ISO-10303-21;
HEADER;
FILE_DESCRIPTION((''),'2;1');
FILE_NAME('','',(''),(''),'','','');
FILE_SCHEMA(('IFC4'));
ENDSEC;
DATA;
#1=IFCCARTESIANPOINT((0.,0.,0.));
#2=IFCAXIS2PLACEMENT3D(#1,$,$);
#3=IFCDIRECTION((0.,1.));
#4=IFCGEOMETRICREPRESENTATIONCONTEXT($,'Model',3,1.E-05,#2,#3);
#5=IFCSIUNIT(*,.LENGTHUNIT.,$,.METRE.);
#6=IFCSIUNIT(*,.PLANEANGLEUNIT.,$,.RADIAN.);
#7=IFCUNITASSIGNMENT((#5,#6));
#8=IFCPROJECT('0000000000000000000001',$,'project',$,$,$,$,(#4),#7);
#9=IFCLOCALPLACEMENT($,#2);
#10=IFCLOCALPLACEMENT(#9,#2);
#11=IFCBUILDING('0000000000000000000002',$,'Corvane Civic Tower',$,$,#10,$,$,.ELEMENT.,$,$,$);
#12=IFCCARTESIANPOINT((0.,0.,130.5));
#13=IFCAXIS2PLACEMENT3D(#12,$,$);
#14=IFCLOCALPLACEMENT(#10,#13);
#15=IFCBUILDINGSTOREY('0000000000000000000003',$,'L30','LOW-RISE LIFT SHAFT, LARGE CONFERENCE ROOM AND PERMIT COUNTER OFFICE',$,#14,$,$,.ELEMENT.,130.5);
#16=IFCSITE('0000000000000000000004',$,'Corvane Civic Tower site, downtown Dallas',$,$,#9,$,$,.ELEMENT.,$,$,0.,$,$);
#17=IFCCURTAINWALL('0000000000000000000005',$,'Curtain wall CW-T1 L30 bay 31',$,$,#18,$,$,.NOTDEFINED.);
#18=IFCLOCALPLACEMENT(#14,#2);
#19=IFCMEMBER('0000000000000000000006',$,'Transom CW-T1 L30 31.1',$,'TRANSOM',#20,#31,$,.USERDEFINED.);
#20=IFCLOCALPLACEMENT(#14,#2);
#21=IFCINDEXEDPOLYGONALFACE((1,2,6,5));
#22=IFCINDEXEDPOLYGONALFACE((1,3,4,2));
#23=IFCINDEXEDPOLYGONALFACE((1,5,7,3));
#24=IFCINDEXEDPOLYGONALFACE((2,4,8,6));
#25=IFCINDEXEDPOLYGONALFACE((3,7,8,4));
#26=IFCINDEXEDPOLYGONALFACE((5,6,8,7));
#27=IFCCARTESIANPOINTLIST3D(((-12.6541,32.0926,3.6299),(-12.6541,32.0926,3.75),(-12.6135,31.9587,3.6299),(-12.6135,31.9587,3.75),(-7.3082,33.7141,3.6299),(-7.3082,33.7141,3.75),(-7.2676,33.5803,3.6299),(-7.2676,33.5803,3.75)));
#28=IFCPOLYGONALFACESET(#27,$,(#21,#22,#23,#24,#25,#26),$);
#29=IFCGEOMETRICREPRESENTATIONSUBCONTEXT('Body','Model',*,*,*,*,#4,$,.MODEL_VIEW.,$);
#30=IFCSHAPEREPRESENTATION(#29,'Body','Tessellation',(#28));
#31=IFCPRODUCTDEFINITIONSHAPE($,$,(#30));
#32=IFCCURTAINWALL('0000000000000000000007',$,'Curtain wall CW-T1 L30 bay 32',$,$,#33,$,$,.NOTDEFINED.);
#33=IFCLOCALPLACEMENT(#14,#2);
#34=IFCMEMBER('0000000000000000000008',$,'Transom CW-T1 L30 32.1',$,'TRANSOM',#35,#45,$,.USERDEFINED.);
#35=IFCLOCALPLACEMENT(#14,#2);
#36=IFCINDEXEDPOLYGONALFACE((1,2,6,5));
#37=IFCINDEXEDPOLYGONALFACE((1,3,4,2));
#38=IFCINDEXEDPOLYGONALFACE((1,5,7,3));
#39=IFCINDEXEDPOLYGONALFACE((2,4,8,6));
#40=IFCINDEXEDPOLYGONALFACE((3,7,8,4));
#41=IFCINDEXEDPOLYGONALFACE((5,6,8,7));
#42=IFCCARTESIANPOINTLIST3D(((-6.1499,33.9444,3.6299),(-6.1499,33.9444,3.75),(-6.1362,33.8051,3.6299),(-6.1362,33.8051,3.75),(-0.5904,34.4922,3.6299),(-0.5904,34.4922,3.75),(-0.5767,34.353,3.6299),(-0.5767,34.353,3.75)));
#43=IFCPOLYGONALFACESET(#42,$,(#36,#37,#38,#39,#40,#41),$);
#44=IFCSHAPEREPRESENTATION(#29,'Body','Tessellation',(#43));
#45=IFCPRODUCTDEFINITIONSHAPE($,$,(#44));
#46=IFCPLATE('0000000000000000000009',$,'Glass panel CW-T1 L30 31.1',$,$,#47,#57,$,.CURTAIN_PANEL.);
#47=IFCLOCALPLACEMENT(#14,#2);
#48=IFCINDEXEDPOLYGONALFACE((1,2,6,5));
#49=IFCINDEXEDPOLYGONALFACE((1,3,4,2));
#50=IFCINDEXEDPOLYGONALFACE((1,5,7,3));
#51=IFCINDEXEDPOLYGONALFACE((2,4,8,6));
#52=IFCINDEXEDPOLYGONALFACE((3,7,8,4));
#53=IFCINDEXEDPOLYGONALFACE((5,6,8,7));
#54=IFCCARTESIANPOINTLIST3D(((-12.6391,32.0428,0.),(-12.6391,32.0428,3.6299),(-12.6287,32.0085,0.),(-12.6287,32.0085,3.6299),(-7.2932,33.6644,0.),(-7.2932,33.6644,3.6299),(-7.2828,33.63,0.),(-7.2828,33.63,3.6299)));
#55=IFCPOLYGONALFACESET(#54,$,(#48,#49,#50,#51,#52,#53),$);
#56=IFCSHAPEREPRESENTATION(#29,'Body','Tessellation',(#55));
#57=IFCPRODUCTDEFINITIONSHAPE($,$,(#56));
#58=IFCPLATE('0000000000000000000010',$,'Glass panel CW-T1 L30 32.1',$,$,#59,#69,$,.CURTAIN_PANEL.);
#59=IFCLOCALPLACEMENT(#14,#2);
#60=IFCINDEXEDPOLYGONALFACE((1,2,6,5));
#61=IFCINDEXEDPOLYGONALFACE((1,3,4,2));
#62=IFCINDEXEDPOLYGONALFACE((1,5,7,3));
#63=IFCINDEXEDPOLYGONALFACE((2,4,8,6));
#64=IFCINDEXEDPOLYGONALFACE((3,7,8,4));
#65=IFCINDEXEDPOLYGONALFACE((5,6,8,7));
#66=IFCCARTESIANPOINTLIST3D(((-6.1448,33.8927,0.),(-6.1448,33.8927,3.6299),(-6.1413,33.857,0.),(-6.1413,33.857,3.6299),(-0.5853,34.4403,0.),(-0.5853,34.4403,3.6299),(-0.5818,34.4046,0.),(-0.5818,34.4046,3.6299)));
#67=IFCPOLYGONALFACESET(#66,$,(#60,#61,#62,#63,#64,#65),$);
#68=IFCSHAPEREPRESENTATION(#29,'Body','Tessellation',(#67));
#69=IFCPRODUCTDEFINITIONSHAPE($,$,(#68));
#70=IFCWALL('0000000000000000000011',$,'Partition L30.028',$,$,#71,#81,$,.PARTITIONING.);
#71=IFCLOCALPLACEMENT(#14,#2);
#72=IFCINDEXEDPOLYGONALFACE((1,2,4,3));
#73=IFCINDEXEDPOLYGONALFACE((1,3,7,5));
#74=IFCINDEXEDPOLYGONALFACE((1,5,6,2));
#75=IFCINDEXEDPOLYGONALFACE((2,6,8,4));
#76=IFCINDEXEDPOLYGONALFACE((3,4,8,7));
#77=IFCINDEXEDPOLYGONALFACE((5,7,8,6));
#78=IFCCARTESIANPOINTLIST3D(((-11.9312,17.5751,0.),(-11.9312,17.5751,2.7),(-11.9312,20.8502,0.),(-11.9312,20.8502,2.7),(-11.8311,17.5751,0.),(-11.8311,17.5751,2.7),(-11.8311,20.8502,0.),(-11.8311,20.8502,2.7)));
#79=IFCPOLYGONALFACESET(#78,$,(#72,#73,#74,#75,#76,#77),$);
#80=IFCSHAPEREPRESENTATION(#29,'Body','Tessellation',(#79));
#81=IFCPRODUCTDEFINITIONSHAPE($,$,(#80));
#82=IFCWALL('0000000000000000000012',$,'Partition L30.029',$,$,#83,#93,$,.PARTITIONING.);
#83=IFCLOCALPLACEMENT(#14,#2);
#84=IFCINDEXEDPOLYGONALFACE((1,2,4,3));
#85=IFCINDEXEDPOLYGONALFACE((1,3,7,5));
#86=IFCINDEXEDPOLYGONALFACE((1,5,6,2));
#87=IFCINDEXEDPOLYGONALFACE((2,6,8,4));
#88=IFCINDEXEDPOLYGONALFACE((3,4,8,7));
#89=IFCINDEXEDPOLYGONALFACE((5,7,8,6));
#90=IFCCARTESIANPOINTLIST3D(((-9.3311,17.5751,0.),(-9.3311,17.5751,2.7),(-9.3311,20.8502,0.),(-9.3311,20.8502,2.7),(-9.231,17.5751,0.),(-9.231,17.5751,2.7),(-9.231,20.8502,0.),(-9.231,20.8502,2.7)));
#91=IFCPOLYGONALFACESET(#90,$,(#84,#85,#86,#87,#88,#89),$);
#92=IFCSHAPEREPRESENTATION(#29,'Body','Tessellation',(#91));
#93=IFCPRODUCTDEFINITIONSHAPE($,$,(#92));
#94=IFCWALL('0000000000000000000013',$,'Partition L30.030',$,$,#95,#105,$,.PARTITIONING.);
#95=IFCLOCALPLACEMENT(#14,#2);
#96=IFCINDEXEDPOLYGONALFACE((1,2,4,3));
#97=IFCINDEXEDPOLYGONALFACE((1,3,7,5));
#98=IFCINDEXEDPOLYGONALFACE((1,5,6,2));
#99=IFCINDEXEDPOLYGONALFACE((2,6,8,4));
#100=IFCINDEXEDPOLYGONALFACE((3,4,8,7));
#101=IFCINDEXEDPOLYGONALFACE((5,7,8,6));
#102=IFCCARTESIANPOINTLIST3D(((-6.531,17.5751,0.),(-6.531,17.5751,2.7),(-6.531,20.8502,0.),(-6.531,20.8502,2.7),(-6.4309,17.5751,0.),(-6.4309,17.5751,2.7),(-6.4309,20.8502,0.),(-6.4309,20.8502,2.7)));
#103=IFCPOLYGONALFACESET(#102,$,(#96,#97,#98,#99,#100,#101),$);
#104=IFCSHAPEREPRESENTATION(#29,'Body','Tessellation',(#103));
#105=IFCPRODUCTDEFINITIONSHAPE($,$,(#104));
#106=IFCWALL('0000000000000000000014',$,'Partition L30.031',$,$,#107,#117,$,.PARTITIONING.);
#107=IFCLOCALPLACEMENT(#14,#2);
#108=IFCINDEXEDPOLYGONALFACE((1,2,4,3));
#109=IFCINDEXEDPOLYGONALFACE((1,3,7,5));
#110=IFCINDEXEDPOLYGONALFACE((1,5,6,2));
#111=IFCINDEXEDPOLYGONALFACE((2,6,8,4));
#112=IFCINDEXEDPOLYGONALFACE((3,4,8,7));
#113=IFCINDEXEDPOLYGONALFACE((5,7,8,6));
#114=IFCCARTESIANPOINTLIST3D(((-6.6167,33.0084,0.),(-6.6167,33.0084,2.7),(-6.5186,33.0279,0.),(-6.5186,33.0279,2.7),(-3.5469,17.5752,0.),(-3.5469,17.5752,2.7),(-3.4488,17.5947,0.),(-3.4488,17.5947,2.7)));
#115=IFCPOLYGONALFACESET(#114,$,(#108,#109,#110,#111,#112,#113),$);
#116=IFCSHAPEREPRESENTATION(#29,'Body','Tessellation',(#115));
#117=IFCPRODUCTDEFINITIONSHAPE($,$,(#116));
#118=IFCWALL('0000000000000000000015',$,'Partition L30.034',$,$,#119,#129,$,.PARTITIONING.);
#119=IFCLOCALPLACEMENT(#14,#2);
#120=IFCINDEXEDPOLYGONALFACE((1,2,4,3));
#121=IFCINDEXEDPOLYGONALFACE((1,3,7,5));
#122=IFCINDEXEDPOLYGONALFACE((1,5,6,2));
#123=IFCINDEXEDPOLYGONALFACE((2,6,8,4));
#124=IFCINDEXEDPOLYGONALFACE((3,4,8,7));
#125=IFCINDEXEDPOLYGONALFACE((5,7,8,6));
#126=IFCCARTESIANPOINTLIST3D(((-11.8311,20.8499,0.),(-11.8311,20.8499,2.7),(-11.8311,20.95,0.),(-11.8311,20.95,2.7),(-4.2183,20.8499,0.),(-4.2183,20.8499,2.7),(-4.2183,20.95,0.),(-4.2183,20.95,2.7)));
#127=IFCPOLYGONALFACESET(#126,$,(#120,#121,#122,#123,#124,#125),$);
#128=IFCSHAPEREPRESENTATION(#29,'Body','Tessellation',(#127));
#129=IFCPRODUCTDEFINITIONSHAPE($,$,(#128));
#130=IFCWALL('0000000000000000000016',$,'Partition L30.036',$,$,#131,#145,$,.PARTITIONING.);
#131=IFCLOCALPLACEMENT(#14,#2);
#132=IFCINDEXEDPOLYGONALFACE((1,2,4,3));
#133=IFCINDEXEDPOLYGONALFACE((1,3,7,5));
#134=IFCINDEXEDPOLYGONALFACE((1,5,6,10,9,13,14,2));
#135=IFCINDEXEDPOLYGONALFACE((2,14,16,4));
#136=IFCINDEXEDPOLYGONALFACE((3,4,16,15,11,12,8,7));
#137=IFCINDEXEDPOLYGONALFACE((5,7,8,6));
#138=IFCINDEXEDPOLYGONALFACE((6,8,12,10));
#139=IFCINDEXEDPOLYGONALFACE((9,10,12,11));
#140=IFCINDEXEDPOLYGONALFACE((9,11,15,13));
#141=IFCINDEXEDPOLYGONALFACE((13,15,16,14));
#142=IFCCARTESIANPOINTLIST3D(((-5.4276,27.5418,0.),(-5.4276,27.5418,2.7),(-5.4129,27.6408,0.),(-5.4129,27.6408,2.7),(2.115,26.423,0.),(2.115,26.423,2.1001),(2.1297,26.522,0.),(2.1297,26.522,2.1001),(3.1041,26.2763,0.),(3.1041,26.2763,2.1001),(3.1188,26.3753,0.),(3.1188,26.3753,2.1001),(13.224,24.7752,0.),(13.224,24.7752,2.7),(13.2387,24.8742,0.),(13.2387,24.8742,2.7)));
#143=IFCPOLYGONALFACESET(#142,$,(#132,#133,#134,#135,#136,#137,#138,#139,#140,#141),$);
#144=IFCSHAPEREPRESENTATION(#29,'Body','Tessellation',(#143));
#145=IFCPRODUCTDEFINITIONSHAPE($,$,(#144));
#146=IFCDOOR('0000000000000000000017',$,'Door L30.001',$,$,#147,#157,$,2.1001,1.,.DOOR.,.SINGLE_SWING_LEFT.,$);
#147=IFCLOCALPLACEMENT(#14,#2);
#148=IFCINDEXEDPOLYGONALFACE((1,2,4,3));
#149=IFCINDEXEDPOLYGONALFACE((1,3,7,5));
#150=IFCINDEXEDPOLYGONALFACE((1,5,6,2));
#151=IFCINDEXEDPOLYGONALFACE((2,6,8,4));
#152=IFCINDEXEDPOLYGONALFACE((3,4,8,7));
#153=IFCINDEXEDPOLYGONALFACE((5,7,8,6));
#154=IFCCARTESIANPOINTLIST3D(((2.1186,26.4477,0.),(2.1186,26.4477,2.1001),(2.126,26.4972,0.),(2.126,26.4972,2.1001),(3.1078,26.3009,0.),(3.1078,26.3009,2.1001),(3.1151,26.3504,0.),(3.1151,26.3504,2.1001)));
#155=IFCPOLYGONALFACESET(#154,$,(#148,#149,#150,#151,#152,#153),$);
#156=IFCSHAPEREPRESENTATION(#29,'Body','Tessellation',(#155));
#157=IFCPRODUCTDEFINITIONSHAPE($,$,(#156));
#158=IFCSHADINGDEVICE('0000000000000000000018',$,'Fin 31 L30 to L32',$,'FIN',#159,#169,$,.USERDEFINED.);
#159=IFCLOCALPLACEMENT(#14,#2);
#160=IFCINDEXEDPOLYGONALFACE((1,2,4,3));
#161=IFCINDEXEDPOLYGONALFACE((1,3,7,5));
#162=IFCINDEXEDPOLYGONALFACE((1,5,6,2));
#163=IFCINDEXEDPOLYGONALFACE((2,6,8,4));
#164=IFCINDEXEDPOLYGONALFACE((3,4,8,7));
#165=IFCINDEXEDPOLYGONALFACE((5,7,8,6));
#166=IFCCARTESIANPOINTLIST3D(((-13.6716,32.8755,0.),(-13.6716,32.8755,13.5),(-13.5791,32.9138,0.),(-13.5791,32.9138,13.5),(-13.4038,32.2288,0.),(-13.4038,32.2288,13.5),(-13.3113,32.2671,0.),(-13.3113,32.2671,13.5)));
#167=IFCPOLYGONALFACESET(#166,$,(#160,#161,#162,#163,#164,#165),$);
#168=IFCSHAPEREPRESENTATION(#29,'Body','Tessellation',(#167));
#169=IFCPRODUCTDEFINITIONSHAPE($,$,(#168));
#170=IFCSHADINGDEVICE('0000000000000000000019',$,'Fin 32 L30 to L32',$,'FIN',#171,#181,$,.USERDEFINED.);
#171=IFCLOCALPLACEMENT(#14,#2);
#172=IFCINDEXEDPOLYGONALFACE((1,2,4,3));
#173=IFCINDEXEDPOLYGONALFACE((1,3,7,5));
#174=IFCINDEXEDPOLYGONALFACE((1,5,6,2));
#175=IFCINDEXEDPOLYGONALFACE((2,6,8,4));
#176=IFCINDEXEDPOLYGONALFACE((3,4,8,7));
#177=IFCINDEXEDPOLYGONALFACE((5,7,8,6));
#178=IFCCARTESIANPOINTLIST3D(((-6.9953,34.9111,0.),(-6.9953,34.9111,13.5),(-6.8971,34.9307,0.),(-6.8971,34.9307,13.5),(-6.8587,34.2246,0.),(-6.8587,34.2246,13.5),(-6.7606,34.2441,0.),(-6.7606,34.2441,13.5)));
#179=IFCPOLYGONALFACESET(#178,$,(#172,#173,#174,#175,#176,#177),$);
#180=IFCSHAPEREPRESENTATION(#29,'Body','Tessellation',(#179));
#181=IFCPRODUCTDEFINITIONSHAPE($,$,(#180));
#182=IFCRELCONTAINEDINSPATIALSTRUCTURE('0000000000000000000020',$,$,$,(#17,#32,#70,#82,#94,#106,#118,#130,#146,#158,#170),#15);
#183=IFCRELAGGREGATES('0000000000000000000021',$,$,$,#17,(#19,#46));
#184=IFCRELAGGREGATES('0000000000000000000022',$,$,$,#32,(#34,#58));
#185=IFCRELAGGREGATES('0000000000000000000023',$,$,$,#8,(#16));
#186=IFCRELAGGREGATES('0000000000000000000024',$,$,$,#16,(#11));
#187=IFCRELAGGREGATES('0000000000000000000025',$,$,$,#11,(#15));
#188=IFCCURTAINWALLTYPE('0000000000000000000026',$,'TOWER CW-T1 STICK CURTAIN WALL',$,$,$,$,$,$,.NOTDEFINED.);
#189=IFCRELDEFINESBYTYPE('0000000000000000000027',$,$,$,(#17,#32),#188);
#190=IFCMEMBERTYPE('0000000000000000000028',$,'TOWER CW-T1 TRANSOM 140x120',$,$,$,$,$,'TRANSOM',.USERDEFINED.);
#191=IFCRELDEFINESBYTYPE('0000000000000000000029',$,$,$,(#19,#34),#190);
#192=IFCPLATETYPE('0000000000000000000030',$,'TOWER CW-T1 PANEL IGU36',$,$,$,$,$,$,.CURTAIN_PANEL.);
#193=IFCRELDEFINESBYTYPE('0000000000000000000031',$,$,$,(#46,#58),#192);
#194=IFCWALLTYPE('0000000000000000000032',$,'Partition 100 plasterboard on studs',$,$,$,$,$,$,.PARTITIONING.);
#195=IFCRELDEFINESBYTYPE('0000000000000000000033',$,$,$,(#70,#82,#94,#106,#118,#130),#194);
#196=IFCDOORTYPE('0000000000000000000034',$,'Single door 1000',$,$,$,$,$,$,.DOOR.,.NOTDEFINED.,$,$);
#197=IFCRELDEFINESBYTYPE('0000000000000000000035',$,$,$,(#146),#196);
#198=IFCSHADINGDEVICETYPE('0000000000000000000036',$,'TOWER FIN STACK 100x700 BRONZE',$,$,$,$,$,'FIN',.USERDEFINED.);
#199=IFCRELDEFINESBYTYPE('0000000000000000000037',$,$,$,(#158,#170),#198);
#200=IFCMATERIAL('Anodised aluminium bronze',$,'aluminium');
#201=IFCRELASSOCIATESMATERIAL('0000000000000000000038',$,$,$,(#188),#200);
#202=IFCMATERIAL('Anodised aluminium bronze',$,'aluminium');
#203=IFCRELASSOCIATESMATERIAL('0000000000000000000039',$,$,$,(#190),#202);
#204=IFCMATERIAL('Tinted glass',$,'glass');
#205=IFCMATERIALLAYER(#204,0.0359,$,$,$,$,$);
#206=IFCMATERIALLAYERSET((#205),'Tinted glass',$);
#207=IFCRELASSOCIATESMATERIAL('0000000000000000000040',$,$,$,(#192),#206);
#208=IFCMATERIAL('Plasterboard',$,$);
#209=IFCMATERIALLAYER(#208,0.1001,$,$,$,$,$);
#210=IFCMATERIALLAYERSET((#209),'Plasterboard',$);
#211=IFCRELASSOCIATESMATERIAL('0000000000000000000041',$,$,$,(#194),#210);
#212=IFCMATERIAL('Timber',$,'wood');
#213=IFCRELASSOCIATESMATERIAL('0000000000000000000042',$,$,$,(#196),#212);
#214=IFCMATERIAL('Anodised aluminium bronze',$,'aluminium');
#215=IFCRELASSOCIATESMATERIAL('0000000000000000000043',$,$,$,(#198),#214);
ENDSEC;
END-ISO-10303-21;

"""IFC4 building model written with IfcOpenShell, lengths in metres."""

from ifc_helpers import new_model, si_unit, direction, frame, frame_2d, origin, origin_2d, place, context, subcontext, project, spatial, rectangle, extrude, material, layer, layer_set, material_profile, profile_set, type_object, element, fill, aggregate, save


model = new_model("IFC4")

# Units and contexts
model_context = context("Model", 3, precision=1e-05, world=origin(), true_north=direction((0.0, 1.0)))
body_context = subcontext(model_context, "Body", "Model", "MODEL_VIEW")
ifc_project = project(units=[si_unit("LENGTHUNIT", "METRE"), si_unit("PLANEANGLEUNIT", "RADIAN")], contexts=[model_context])

# Site, building, storey
site_placement = place(None, origin())
site = spatial("IfcSite", under=ifc_project, at=site_placement, Name="Corvane Civic Tower site, downtown Dallas", CompositionType="ELEMENT", RefElevation=0.0)
building_placement = place(site_placement, origin())
building = spatial("IfcBuilding", under=site, at=building_placement, Name="Corvane Civic Tower", CompositionType="ELEMENT")
storey_placement = place(building_placement, frame((0.0, 0.0, 130.5)))
storey = spatial("IfcBuildingStorey", under=building, at=storey_placement, Name="L30", Description="LOW-RISE LIFT SHAFT, LARGE CONFERENCE ROOM AND PERMIT COUNTER OFFICE", CompositionType="ELEMENT", Elevation=130.5)

# Curtain walls, members
ifc_material_1 = material(Name="Anodised aluminium bronze", Category="aluminium")
curtain_wall_type = type_object("IfcCurtainWallType", Name="TOWER CW-T1 STICK CURTAIN WALL", PredefinedType="NOTDEFINED", material=ifc_material_1)
curtain_wall_1_placement = place(storey_placement, origin())
curtain_wall_1 = element("IfcCurtainWall", 1, at=curtain_wall_1_placement, inside=storey, type_object=curtain_wall_type, Name="Curtain wall CW-T1 L30 bay 31", PredefinedType="NOTDEFINED")
ifc_material_2 = material(Name="Anodised aluminium bronze", Category="aluminium")
ifc_material_profile_1 = material_profile(ifc_material_2, rectangle(XDim=0.1399, YDim=0.1201, at=origin_2d()), Name="TOWER CW-T1 TRANSOM 140x120")
ifc_profile_set_1 = profile_set([ifc_material_profile_1], Name="Anodised aluminium bronze")
member_type = type_object("IfcMemberType", Name="TOWER CW-T1 TRANSOM 140x120", ElementType="TRANSOM", PredefinedType="USERDEFINED", material=ifc_profile_set_1)
member_1_placement = place(storey_placement, frame((-12.6338, 32.0256, 3.6899), z_axis=(0.956945, 0.290269, 0.0), x_axis=(-0.290269, 0.956945, 0.0)))
member_1 = element("IfcMember", 2, at=member_1_placement, type_object=member_type, Name="Transom CW-T1 L30 31.1", ObjectType="TRANSOM", PredefinedType="USERDEFINED", context=body_context, shape_type="SweptSolid", body=[
    extrude(rectangle(XDim=0.1399, YDim=0.1201, at=origin_2d()), origin(), (0.0, 0.0, 1.0), 5.5864),
])
curtain_wall_2_placement = place(storey_placement, origin())
curtain_wall_2 = element("IfcCurtainWall", 3, at=curtain_wall_2_placement, inside=storey, type_object=curtain_wall_type, Name="Curtain wall CW-T1 L30 bay 32", PredefinedType="NOTDEFINED")
member_2_placement = place(storey_placement, frame((-6.1431, 33.8748, 3.6899), z_axis=(0.99518, 0.098067, 0.0), x_axis=(-0.098067, 0.99518, 0.0)))
member_2 = element("IfcMember", 4, at=member_2_placement, type_object=member_type, Name="Transom CW-T1 L30 32.1", ObjectType="TRANSOM", PredefinedType="USERDEFINED", context=body_context, shape_type="SweptSolid", body=[
    extrude(rectangle(XDim=0.1399, YDim=0.1201, at=origin_2d()), origin(), (0.0, 0.0, 1.0), 5.5864),
])

# Plates
ifc_material_3 = material(Name="Tinted glass", Category="glass")
ifc_layer_1 = layer(ifc_material_3, 0.0359)
ifc_layer_set_1 = layer_set([ifc_layer_1], Name="Tinted glass")
plate_type = type_object("IfcPlateType", Name="TOWER CW-T1 PANEL IGU36", PredefinedType="CURTAIN_PANEL", material=ifc_layer_set_1)
plate_1_placement = place(storey_placement, frame((-9.9609, 32.8364, 0.0), z_axis=(0.0, 0.0, 1.0), x_axis=(0.956946, 0.290266, 0.0)))
plate_1 = element("IfcPlate", 5, at=plate_1_placement, type_object=plate_type, Name="Glass panel CW-T1 L30 31.1", PredefinedType="CURTAIN_PANEL", context=body_context, shape_type="SweptSolid", body=[
    extrude(rectangle(XDim=5.5864, YDim=0.0359, at=origin_2d()), origin(), (0.0, 0.0, 1.0), 3.6299),
])
aggregate(curtain_wall_1, [member_1, plate_1])
plate_2_placement = place(storey_placement, frame((-3.3633, 34.1487, 0.0), z_axis=(0.0, 0.0, 1.0), x_axis=(0.995184, 0.098027, 0.0)))
plate_2 = element("IfcPlate", 6, at=plate_2_placement, type_object=plate_type, Name="Glass panel CW-T1 L30 32.1", PredefinedType="CURTAIN_PANEL", context=body_context, shape_type="SweptSolid", body=[
    extrude(rectangle(XDim=5.5864, YDim=0.0359, at=origin_2d()), origin(), (0.0, 0.0, 1.0), 3.6299),
])
aggregate(curtain_wall_2, [member_2, plate_2])

# Walls
ifc_material_4 = material(Name="Plasterboard")
ifc_layer_2 = layer(ifc_material_4, 0.1001)
ifc_layer_set_2 = layer_set([ifc_layer_2], Name="Plasterboard")
wall_type = type_object("IfcWallType", Name="Partition 100 plasterboard on studs", PredefinedType="PARTITIONING", material=ifc_layer_set_2)
for number, where, z_axis, x_axis, name in (
    (7, (-11.8811, 17.575, 0.0), (0.0, 0.0, 1.0), (0.0, 1.0, 0.0), "Partition L30.028"),
    (8, (-9.281, 17.575, 0.0), (0.0, 0.0, 1.0), (0.0, 1.0, 0.0), "Partition L30.029"),
    (9, (-6.481, 17.575, 0.0), (0.0, 0.0, 1.0), (0.0, 1.0, 0.0), "Partition L30.030"),
):
    element("IfcWall", number, at=place(storey_placement, frame(where, z_axis=z_axis, x_axis=x_axis)), inside=storey, type_object=wall_type, Name=name, PredefinedType="PARTITIONING", context=body_context, shape_type="SweptSolid", body=[
        extrude(rectangle(XDim=3.2751, YDim=0.1001, at=frame_2d((1.6377, 0.0))), origin(), (0.0, 0.0, 1.0), 2.7),
    ])
wall_1_placement = place(storey_placement, frame((-6.5676, 33.0181, 0.0), z_axis=(0.0, 0.0, 1.0), x_axis=(0.195087, -0.980786, 0.0)))
element("IfcWall", 10, at=wall_1_placement, inside=storey, type_object=wall_type, Name="Partition L30.031", PredefinedType="PARTITIONING", context=body_context, shape_type="SweptSolid", body=[
    extrude(rectangle(XDim=15.7356, YDim=0.1001, at=frame_2d((7.8677, 0.0))), origin(), (0.0, 0.0, 1.0), 2.7),
])
wall_2_placement = place(storey_placement, frame((-11.8311, 20.8999, 0.0), z_axis=(0.0, 0.0, 1.0), x_axis=(1.0, 0.0, 0.0)))
element("IfcWall", 11, at=wall_2_placement, inside=storey, type_object=wall_type, Name="Partition L30.034", PredefinedType="PARTITIONING", context=body_context, shape_type="SweptSolid", body=[
    extrude(rectangle(XDim=7.6128, YDim=0.1001, at=frame_2d((3.8064, 0.0))), origin(), (0.0, 0.0, 1.0), 2.7),
])

# Wall, opening, door
wall_3_placement = place(storey_placement, frame((-5.4202, 27.5913, 0.0), z_axis=(0.0, 0.0, 1.0), x_axis=(0.989177, -0.146725, 0.0)))
wall_3 = element("IfcWall", 12, at=wall_3_placement, inside=storey, type_object=wall_type, Name="Partition L30.036", PredefinedType="PARTITIONING", context=body_context, shape_type="SweptSolid", body=[
    extrude(rectangle(XDim=18.8557, YDim=0.1001, at=frame_2d((9.4277, 0.0))), origin(), (0.0, 0.0, 1.0), 2.7),
])
opening_placement = place(wall_3_placement, frame((7.625, 0.0, 0.0)))
opening = element("IfcOpeningElement", 13, at=opening_placement, cuts=wall_3, PredefinedType="OPENING", context=body_context, shape_type="SweptSolid", body=[
    extrude(rectangle(XDim=1.0, YDim=2.1001, at=frame_2d((0.5, 1.05))), frame((0.0, 0.0601, 0.0), z_axis=(0.0, -1.0, 0.0), x_axis=(1.0, 0.0, 0.0)), (0.0, 0.0, 1.0), 0.1201),
])
ifc_material_5 = material(Name="Timber", Category="wood")
door_type = type_object("IfcDoorType", Name="Single door 1000", OperationType="NOTDEFINED", PredefinedType="DOOR", material=ifc_material_5)
door_placement = place(opening_placement, origin())
door = element("IfcDoor", 14, at=door_placement, inside=storey, type_object=door_type, Name="Door L30.001", OperationType="SINGLE_SWING_LEFT", OverallHeight=2.1001, OverallWidth=1.0, PredefinedType="DOOR", context=body_context, shape_type="SweptSolid", body=[
    extrude(rectangle(XDim=1.0, YDim=2.1001, at=frame_2d((0.5, 1.05))), frame((0.0, 0.0249, 0.0), z_axis=(0.0, -1.0, 0.0), x_axis=(1.0, 0.0, 0.0)), (0.0, 0.0, 1.0), 0.05),
])
fill(opening, door)

# Shading devices
ifc_material_6 = material(Name="Anodised aluminium bronze", Category="aluminium")
ifc_material_profile_2 = material_profile(ifc_material_6, rectangle(XDim=0.1001, YDim=0.7, at=origin_2d()), Name="TOWER FIN STACK 100x700 BRONZE")
ifc_profile_set_2 = profile_set([ifc_material_profile_2], Name="Anodised aluminium bronze")
shading_device_type = type_object("IfcShadingDeviceType", Name="TOWER FIN STACK 100x700 BRONZE", ElementType="FIN", PredefinedType="USERDEFINED", material=ifc_profile_set_2)
for number, where, z_axis, x_axis, name in (
    (15, (-13.4915, 32.5713, 0.0), (0.0, 0.0, 1.0), (0.92388, 0.382683, 0.0), "Fin 31 L30 to L32"),
    (16, (-6.8779, 34.5776, 0.0), (0.0, 0.0, 1.0), (0.980785, 0.19509, 0.0), "Fin 32 L30 to L32"),
):
    element("IfcShadingDevice", number, at=place(storey_placement, frame(where, z_axis=z_axis, x_axis=x_axis)), inside=storey, type_object=shading_device_type, Name=name, ObjectType="FIN", PredefinedType="USERDEFINED", context=body_context, shape_type="SweptSolid", body=[
        extrude(rectangle(XDim=0.1001, YDim=0.7, at=origin_2d()), origin(), (0.0, 0.0, 1.0), 13.5),
    ])

save(model, "model.ifc")
